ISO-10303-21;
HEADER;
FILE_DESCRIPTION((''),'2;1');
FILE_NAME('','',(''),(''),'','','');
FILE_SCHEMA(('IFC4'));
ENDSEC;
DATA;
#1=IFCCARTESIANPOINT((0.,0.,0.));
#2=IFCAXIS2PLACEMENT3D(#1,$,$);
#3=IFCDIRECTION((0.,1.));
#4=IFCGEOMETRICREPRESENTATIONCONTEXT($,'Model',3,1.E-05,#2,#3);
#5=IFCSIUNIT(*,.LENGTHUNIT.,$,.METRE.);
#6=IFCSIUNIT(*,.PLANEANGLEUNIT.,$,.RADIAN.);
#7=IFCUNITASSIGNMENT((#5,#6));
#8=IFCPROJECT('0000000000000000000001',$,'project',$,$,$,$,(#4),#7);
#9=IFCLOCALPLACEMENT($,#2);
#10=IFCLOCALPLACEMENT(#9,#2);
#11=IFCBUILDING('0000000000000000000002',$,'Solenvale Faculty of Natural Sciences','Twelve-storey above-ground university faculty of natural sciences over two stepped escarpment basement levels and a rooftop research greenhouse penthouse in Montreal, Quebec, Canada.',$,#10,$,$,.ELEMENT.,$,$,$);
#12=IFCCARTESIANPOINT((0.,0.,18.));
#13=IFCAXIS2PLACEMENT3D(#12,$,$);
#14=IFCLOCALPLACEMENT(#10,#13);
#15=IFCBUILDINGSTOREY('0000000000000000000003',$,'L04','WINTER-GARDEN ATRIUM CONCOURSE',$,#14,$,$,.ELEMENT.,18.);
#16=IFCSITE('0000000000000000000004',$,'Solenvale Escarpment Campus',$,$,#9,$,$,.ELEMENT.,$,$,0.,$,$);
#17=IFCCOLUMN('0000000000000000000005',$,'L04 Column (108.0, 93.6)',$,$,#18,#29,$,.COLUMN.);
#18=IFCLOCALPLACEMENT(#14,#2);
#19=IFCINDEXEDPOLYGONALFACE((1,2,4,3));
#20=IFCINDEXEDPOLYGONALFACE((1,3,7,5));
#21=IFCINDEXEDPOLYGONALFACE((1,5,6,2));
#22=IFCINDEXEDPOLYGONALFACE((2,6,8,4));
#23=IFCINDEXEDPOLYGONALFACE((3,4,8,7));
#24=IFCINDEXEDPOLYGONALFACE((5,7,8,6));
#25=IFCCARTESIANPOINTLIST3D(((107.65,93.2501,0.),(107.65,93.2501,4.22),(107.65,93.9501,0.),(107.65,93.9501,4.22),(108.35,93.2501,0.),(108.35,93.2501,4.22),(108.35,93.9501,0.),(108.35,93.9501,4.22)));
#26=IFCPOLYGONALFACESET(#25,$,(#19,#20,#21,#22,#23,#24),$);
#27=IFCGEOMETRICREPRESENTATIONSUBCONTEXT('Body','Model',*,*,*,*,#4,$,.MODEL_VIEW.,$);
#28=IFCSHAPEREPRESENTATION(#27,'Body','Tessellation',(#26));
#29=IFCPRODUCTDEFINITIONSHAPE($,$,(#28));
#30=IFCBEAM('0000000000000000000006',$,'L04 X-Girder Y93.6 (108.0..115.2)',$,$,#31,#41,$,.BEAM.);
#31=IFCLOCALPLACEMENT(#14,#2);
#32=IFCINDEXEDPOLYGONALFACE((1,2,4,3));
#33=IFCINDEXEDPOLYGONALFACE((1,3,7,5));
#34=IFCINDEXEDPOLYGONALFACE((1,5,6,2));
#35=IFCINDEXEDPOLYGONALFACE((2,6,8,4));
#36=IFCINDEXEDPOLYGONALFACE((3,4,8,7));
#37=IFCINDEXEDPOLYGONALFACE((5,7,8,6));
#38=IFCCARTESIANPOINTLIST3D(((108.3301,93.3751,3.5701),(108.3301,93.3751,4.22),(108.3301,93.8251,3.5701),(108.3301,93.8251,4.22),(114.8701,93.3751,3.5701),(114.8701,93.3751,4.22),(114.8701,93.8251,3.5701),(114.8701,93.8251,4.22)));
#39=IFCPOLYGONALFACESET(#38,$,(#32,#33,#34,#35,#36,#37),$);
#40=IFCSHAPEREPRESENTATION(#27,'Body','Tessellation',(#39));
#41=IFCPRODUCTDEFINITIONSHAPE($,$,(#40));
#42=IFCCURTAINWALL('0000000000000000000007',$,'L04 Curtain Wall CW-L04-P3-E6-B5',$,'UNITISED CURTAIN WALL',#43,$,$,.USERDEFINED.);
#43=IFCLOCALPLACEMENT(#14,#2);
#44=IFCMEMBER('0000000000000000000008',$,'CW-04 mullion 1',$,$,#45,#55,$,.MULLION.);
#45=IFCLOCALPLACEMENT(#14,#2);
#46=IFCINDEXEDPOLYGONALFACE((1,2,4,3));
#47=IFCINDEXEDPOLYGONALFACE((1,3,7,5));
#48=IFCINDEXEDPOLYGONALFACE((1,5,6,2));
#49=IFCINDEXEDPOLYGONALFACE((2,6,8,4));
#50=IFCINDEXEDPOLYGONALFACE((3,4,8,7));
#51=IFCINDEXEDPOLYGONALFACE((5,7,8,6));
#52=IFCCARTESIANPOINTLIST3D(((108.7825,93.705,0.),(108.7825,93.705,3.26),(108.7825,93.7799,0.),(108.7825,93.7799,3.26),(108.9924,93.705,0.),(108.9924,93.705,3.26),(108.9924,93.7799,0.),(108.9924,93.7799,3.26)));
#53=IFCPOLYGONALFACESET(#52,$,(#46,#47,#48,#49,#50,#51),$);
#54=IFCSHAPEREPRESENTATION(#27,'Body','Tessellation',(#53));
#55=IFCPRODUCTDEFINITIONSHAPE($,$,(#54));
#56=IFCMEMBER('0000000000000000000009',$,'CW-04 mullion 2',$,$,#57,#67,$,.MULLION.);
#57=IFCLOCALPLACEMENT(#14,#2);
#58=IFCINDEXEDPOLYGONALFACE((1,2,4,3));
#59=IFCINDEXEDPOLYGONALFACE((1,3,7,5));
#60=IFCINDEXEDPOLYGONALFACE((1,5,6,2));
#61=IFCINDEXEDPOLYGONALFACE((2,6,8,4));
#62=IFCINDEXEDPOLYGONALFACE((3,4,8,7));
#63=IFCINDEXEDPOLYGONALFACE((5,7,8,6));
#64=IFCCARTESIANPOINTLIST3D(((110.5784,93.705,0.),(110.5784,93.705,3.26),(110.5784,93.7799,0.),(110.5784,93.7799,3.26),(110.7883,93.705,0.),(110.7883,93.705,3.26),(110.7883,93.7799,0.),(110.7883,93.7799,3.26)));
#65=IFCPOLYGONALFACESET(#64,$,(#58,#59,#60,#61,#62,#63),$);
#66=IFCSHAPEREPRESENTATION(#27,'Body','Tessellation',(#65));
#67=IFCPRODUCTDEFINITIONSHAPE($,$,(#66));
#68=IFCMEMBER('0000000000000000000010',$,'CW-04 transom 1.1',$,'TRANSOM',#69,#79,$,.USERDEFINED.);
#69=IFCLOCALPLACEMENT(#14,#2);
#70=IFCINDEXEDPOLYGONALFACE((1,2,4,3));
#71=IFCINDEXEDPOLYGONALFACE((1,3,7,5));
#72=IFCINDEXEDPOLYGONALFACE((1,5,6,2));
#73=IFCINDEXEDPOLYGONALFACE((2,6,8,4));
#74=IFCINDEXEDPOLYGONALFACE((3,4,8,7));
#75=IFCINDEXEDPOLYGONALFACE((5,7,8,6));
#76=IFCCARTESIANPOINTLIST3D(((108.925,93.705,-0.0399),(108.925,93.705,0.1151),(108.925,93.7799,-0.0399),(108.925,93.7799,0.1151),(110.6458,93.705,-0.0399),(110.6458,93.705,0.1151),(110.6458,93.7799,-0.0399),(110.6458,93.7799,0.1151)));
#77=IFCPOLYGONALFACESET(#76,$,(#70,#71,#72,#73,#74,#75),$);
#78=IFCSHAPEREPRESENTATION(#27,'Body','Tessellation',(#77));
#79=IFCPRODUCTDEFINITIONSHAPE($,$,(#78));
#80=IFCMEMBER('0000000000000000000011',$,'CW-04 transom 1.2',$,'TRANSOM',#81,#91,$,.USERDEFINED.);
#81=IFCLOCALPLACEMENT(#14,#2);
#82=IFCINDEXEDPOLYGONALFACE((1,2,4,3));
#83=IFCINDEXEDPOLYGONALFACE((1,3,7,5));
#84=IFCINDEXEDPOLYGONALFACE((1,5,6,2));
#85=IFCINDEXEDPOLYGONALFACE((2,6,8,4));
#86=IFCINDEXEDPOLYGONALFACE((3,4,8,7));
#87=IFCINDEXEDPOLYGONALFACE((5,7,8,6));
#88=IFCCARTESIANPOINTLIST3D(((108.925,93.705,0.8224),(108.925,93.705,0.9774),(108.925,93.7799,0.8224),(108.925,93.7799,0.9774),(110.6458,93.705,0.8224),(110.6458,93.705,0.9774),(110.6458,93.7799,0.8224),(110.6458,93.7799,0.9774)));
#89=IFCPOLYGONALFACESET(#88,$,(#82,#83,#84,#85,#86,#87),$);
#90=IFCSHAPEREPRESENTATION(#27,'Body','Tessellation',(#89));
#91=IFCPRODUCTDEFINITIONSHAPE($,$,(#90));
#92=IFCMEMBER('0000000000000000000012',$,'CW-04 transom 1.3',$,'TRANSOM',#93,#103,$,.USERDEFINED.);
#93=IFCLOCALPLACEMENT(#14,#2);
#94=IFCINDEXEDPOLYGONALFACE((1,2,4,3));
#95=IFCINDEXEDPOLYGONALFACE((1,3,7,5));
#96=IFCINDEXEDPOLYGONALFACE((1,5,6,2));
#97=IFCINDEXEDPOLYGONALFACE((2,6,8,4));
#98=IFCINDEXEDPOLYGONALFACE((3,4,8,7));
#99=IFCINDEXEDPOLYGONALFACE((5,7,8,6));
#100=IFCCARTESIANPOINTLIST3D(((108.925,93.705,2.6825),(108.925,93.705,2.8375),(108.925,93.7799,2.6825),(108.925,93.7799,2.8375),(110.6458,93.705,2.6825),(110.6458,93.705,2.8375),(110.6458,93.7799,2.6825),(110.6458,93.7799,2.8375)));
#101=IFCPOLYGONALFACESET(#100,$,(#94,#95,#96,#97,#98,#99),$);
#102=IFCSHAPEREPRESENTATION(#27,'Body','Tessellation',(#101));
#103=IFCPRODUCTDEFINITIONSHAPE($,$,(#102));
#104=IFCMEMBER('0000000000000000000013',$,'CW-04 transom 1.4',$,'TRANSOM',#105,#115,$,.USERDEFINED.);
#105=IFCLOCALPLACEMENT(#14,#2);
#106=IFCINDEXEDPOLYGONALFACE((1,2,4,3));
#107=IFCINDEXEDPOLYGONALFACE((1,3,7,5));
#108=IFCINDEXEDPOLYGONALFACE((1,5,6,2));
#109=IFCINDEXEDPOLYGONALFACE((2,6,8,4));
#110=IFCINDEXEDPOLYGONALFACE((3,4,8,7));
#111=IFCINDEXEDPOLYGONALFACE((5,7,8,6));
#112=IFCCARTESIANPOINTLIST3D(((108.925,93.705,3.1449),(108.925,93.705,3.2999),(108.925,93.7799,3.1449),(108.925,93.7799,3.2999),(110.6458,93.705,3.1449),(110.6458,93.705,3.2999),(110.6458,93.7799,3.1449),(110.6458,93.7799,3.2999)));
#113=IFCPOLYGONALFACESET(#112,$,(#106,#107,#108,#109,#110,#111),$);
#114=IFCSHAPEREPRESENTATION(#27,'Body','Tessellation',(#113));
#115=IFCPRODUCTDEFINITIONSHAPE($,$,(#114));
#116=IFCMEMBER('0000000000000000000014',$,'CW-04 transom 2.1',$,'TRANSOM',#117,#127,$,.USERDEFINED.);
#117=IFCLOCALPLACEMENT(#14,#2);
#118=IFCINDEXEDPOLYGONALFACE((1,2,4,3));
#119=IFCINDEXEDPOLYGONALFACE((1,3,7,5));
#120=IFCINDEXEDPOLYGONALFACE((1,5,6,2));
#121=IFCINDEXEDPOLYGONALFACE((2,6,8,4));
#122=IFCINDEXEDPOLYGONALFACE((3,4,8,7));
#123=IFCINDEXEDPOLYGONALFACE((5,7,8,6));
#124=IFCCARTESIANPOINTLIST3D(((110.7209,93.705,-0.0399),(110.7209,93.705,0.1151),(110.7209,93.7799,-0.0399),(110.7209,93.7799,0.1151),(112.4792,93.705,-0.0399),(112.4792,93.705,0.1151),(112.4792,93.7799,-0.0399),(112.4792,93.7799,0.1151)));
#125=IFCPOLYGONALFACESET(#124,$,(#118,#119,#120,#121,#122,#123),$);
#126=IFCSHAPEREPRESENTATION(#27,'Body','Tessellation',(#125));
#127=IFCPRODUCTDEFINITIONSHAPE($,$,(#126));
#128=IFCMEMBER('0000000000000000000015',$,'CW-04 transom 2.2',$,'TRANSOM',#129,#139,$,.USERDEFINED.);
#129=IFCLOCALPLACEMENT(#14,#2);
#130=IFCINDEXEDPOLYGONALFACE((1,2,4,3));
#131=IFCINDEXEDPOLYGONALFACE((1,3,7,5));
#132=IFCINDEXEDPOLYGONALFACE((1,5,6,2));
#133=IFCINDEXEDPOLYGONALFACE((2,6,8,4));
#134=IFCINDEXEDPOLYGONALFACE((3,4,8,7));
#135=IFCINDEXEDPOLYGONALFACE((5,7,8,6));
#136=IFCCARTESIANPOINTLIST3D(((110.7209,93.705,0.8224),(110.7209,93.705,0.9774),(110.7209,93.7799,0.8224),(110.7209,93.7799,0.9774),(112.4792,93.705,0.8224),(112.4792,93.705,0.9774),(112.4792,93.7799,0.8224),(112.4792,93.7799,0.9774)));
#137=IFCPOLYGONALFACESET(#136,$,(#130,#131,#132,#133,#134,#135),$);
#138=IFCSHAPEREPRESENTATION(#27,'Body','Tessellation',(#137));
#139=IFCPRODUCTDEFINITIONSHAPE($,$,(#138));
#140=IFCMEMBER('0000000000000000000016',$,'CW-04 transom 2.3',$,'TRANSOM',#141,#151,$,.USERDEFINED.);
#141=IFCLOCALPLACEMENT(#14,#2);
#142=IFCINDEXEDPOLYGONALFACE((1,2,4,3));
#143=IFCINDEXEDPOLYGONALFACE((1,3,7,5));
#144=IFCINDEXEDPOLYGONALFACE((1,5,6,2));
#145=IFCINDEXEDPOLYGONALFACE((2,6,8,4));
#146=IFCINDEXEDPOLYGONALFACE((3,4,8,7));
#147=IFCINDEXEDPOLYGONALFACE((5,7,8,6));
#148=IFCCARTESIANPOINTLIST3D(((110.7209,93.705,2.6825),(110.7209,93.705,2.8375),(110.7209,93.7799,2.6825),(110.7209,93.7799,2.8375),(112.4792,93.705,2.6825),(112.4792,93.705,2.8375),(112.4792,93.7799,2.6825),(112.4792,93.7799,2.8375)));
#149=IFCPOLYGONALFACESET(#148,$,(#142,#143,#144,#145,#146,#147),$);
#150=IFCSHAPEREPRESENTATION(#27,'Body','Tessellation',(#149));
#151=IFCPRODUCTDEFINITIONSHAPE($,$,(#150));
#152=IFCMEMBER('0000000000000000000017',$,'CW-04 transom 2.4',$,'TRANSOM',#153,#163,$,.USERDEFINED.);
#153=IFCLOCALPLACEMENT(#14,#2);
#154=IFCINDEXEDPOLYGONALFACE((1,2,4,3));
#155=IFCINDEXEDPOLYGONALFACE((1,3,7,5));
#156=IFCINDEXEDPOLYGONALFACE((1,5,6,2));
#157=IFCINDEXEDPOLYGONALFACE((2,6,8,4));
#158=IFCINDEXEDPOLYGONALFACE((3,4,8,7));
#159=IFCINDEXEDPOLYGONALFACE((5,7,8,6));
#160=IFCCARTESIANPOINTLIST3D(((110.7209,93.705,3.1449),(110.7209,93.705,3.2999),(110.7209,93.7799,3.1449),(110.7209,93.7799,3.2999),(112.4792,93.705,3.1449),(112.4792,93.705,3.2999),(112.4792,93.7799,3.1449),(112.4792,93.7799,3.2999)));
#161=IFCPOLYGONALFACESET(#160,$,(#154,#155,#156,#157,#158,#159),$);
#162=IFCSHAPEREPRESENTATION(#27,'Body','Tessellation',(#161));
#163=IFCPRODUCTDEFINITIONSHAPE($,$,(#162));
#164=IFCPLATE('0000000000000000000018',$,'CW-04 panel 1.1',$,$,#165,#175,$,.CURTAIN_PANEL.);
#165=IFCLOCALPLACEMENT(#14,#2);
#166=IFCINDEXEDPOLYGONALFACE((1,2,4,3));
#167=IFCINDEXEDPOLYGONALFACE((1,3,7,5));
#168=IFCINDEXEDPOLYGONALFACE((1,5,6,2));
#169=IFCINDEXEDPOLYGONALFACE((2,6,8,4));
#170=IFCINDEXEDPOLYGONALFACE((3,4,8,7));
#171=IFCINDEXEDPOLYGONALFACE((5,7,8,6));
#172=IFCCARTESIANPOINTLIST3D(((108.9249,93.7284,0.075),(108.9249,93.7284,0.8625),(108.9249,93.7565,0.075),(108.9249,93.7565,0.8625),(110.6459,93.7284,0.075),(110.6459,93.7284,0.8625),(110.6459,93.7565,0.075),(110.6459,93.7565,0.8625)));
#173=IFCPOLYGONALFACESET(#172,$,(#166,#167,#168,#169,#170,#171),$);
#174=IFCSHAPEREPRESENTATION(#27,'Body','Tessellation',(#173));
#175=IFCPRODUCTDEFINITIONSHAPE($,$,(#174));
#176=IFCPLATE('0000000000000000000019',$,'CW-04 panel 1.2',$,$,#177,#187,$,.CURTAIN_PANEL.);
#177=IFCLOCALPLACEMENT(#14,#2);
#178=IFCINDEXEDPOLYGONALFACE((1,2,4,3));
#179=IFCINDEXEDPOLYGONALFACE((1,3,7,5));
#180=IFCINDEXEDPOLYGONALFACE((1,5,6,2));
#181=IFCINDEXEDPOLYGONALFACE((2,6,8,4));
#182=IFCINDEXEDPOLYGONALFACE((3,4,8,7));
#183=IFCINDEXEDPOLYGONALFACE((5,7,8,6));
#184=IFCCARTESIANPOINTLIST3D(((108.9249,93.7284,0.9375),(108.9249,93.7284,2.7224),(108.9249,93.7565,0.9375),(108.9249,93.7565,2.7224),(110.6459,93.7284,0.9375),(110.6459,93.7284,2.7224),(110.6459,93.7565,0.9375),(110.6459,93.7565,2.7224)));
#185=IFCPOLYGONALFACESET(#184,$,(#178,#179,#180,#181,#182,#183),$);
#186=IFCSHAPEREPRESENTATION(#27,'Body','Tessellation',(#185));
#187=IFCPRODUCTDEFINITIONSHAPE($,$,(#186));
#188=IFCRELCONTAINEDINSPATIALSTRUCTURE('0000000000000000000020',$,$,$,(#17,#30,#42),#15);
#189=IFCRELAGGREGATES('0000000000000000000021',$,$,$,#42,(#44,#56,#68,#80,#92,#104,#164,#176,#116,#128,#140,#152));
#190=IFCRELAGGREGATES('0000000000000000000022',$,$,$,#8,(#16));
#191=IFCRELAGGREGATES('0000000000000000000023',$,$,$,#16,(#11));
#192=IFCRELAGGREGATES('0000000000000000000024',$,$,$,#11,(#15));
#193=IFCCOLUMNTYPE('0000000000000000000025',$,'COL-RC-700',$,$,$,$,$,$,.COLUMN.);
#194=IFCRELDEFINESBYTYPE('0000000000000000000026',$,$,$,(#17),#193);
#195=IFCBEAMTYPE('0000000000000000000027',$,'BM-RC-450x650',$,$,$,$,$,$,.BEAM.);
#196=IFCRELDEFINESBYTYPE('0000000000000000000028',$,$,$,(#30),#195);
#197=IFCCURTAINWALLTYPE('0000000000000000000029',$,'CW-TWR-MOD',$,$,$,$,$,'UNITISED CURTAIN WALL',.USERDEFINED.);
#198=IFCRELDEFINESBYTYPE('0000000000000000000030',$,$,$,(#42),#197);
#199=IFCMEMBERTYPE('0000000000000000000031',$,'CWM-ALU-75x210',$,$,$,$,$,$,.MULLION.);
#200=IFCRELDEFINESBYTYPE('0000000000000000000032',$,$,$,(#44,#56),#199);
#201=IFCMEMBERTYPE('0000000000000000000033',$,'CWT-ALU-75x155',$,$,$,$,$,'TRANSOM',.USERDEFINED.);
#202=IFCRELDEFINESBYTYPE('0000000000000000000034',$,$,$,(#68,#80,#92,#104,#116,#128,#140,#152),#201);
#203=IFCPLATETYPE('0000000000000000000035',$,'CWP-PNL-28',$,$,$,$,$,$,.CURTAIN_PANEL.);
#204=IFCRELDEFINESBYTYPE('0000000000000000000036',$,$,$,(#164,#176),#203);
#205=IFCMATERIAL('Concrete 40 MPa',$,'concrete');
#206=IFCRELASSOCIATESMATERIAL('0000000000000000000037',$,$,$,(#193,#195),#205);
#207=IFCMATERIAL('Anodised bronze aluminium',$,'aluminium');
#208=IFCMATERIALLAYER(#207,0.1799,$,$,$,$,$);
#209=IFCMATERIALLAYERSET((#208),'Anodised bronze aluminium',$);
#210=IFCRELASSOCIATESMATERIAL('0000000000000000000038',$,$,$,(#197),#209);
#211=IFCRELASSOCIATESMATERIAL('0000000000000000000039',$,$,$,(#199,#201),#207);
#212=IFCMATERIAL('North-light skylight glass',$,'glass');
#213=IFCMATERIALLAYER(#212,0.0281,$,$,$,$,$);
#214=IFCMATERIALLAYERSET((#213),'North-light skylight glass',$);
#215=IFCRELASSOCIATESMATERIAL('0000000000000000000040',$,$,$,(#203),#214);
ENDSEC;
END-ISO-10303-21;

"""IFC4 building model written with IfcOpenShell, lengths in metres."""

from ifc_helpers import new_model, si_unit, direction, frame, origin, origin_2d, place, context, subcontext, project, spatial, rectangle, extrude, material, layer, layer_set, material_profile, profile_set, type_object, element, aggregate, save


model = new_model("IFC4")

# Units and contexts
model_context = context("Model", 3, precision=1e-05, world=origin(), true_north=direction((0.0, 1.0)))
body_context = subcontext(model_context, "Body", "Model", "MODEL_VIEW")
ifc_project = project(units=[si_unit("LENGTHUNIT", "METRE"), si_unit("PLANEANGLEUNIT", "RADIAN")], contexts=[model_context])

# Site, building, storey
site_placement = place(None, origin())
site = spatial("IfcSite", under=ifc_project, at=site_placement, Name="Solenvale Escarpment Campus", CompositionType="ELEMENT", RefElevation=0.0)
building_placement = place(site_placement, origin())
building = spatial("IfcBuilding", under=site, at=building_placement, Name="Solenvale Faculty of Natural Sciences", Description="Twelve-storey above-ground university faculty of natural sciences over two stepped escarpment basement levels and a rooftop research greenhouse penthouse in Montreal, Quebec, Canada.", CompositionType="ELEMENT")
storey_placement = place(building_placement, frame((0.0, 0.0, 18.0)))
storey = spatial("IfcBuildingStorey", under=building, at=storey_placement, Name="L04", Description="WINTER-GARDEN ATRIUM CONCOURSE", CompositionType="ELEMENT", Elevation=18.0)

# Column
ifc_material_1 = material(Name="Concrete 40 MPa", Category="concrete")
ifc_material_profile_1 = material_profile(ifc_material_1, rectangle(XDim=0.7, YDim=0.7, at=origin_2d()), Name="RC-COL-700x700")
ifc_profile_set_1 = profile_set([ifc_material_profile_1], Name="Concrete 40 MPa")
column_type = type_object("IfcColumnType", Name="COL-RC-700", PredefinedType="COLUMN", material=ifc_profile_set_1)
column_placement = place(storey_placement, frame((108.0, 93.6001, 0.0), z_axis=(0.0, 0.0, 1.0), x_axis=(1.0, 0.0, 0.0)))
element("IfcColumn", 1, at=column_placement, inside=storey, type_object=column_type, Name="L04 Column (108.0, 93.6)", PredefinedType="COLUMN", context=body_context, shape_type="SweptSolid", body=[
    extrude(rectangle(XDim=0.7, YDim=0.7, at=origin_2d()), origin(), (0.0, 0.0, 1.0), 4.22),
])

# Beam
ifc_material_profile_2 = material_profile(ifc_material_1, rectangle(XDim=0.45, YDim=0.6499, at=origin_2d()), Name="RC-BM-450x650")
ifc_profile_set_2 = profile_set([ifc_material_profile_2], Name="Concrete 40 MPa")
beam_type = type_object("IfcBeamType", Name="BM-RC-450x650", PredefinedType="BEAM", material=ifc_profile_set_2)
beam_placement = place(storey_placement, frame((108.3301, 93.6001, 3.895), z_axis=(1.0, 0.0, 0.0), x_axis=(0.0, 1.0, 0.0)))
element("IfcBeam", 2, at=beam_placement, inside=storey, type_object=beam_type, Name="L04 X-Girder Y93.6 (108.0..115.2)", PredefinedType="BEAM", context=body_context, shape_type="SweptSolid", body=[
    extrude(rectangle(XDim=0.45, YDim=0.6499, at=origin_2d()), origin(), (0.0, 0.0, 1.0), 6.54),
])

# Curtain wall, members, plates
ifc_material_2 = material(Name="Anodised bronze aluminium", Category="aluminium")
ifc_layer_1 = layer(ifc_material_2, 0.1799)
ifc_layer_set_1 = layer_set([ifc_layer_1], Name="Anodised bronze aluminium")
curtain_wall_type = type_object("IfcCurtainWallType", Name="CW-TWR-MOD", ElementType="UNITISED CURTAIN WALL", PredefinedType="USERDEFINED", material=ifc_layer_set_1)
curtain_wall_placement = place(storey_placement, origin())
curtain_wall = element("IfcCurtainWall", 3, at=curtain_wall_placement, inside=storey, type_object=curtain_wall_type, Name="L04 Curtain Wall CW-L04-P3-E6-B5", ObjectType="UNITISED CURTAIN WALL", PredefinedType="USERDEFINED")
ifc_material_profile_3 = material_profile(ifc_material_2, rectangle(XDim=0.075, YDim=0.21, at=origin_2d()), Name="ALU-MUL-75x210")
ifc_profile_set_3 = profile_set([ifc_material_profile_3], Name="Anodised bronze aluminium")
member_type_1 = type_object("IfcMemberType", Name="CWM-ALU-75x210", PredefinedType="MULLION", material=ifc_profile_set_3)
member_1_placement = place(storey_placement, frame((108.8875, 93.7424, 0.0), z_axis=(0.0, 0.0, 1.0), x_axis=(0.0, 1.0, 0.0)))
member_1 = element("IfcMember", 4, at=member_1_placement, type_object=member_type_1, Name="CW-04 mullion 1", PredefinedType="MULLION", context=body_context, shape_type="SweptSolid", body=[
    extrude(rectangle(XDim=0.075, YDim=0.21, at=origin_2d()), origin(), (0.0, 0.0, 1.0), 3.26),
])
member_2_placement = place(storey_placement, frame((110.6833, 93.7424, 0.0), z_axis=(0.0, 0.0, 1.0), x_axis=(0.0, 1.0, 0.0)))
member_2 = element("IfcMember", 5, at=member_2_placement, type_object=member_type_1, Name="CW-04 mullion 2", PredefinedType="MULLION", context=body_context, shape_type="SweptSolid", body=[
    extrude(rectangle(XDim=0.075, YDim=0.21, at=origin_2d()), origin(), (0.0, 0.0, 1.0), 3.26),
])
ifc_material_profile_4 = material_profile(ifc_material_2, rectangle(XDim=0.075, YDim=0.155, at=origin_2d()), Name="ALU-TRN-75x155")
ifc_profile_set_4 = profile_set([ifc_material_profile_4], Name="Anodised bronze aluminium")
member_type_2 = type_object("IfcMemberType", Name="CWT-ALU-75x155", ElementType="TRANSOM", PredefinedType="USERDEFINED", material=ifc_profile_set_4)
member_3_placement = place(storey_placement, frame((108.925, 93.7424, 0.0376), z_axis=(1.0, 0.0, 0.0), x_axis=(0.0, 1.0, 0.0)))
member_3 = element("IfcMember", 6, at=member_3_placement, type_object=member_type_2, Name="CW-04 transom 1.1", ObjectType="TRANSOM", PredefinedType="USERDEFINED", context=body_context, shape_type="SweptSolid", body=[
    extrude(rectangle(XDim=0.075, YDim=0.155, at=origin_2d()), origin(), (0.0, 0.0, 1.0), 1.7207),
])
member_4_placement = place(storey_placement, frame((108.925, 93.7424, 0.8999), z_axis=(1.0, 0.0, 0.0), x_axis=(0.0, 1.0, 0.0)))
member_4 = element("IfcMember", 7, at=member_4_placement, type_object=member_type_2, Name="CW-04 transom 1.2", ObjectType="TRANSOM", PredefinedType="USERDEFINED", context=body_context, shape_type="SweptSolid", body=[
    extrude(rectangle(XDim=0.075, YDim=0.155, at=origin_2d()), origin(), (0.0, 0.0, 1.0), 1.7207),
])
member_5_placement = place(storey_placement, frame((108.925, 93.7424, 2.76), z_axis=(1.0, 0.0, 0.0), x_axis=(0.0, 1.0, 0.0)))
member_5 = element("IfcMember", 8, at=member_5_placement, type_object=member_type_2, Name="CW-04 transom 1.3", ObjectType="TRANSOM", PredefinedType="USERDEFINED", context=body_context, shape_type="SweptSolid", body=[
    extrude(rectangle(XDim=0.075, YDim=0.155, at=origin_2d()), origin(), (0.0, 0.0, 1.0), 1.7207),
])
member_6_placement = place(storey_placement, frame((108.925, 93.7424, 3.2224), z_axis=(1.0, 0.0, 0.0), x_axis=(0.0, 1.0, 0.0)))
member_6 = element("IfcMember", 9, at=member_6_placement, type_object=member_type_2, Name="CW-04 transom 1.4", ObjectType="TRANSOM", PredefinedType="USERDEFINED", context=body_context, shape_type="SweptSolid", body=[
    extrude(rectangle(XDim=0.075, YDim=0.155, at=origin_2d()), origin(), (0.0, 0.0, 1.0), 1.7207),
])
member_7_placement = place(storey_placement, frame((110.7209, 93.7424, 0.0376), z_axis=(1.0, 0.0, 0.0), x_axis=(0.0, 1.0, 0.0)))
member_7 = element("IfcMember", 10, at=member_7_placement, type_object=member_type_2, Name="CW-04 transom 2.1", ObjectType="TRANSOM", PredefinedType="USERDEFINED", context=body_context, shape_type="SweptSolid", body=[
    extrude(rectangle(XDim=0.075, YDim=0.155, at=origin_2d()), origin(), (0.0, 0.0, 1.0), 1.7583),
])
member_8_placement = place(storey_placement, frame((110.7209, 93.7424, 0.8999), z_axis=(1.0, 0.0, 0.0), x_axis=(0.0, 1.0, 0.0)))
member_8 = element("IfcMember", 11, at=member_8_placement, type_object=member_type_2, Name="CW-04 transom 2.2", ObjectType="TRANSOM", PredefinedType="USERDEFINED", context=body_context, shape_type="SweptSolid", body=[
    extrude(rectangle(XDim=0.075, YDim=0.155, at=origin_2d()), origin(), (0.0, 0.0, 1.0), 1.7583),
])
member_9_placement = place(storey_placement, frame((110.7209, 93.7424, 2.76), z_axis=(1.0, 0.0, 0.0), x_axis=(0.0, 1.0, 0.0)))
member_9 = element("IfcMember", 12, at=member_9_placement, type_object=member_type_2, Name="CW-04 transom 2.3", ObjectType="TRANSOM", PredefinedType="USERDEFINED", context=body_context, shape_type="SweptSolid", body=[
    extrude(rectangle(XDim=0.075, YDim=0.155, at=origin_2d()), origin(), (0.0, 0.0, 1.0), 1.7583),
])
member_10_placement = place(storey_placement, frame((110.7209, 93.7424, 3.2224), z_axis=(1.0, 0.0, 0.0), x_axis=(0.0, 1.0, 0.0)))
member_10 = element("IfcMember", 13, at=member_10_placement, type_object=member_type_2, Name="CW-04 transom 2.4", ObjectType="TRANSOM", PredefinedType="USERDEFINED", context=body_context, shape_type="SweptSolid", body=[
    extrude(rectangle(XDim=0.075, YDim=0.155, at=origin_2d()), origin(), (0.0, 0.0, 1.0), 1.7583),
])
ifc_material_3 = material(Name="North-light skylight glass", Category="glass")
ifc_layer_2 = layer(ifc_material_3, 0.0281)
ifc_layer_set_2 = layer_set([ifc_layer_2], Name="North-light skylight glass")
plate_type = type_object("IfcPlateType", Name="CWP-PNL-28", PredefinedType="CURTAIN_PANEL", material=ifc_layer_set_2)
plate_1_placement = place(storey_placement, frame((109.7854, 93.7424, 0.075), z_axis=(0.0, 0.0, 1.0), x_axis=(1.0, 0.0, 0.0)))
plate_1 = element("IfcPlate", 14, at=plate_1_placement, type_object=plate_type, Name="CW-04 panel 1.1", PredefinedType="CURTAIN_PANEL", context=body_context, shape_type="SweptSolid", body=[
    extrude(rectangle(XDim=1.7209, YDim=0.0281, at=origin_2d()), origin(), (0.0, 0.0, 1.0), 0.7876),
])
plate_2_placement = place(storey_placement, frame((109.7854, 93.7424, 0.9375), z_axis=(0.0, 0.0, 1.0), x_axis=(1.0, 0.0, 0.0)))
plate_2 = element("IfcPlate", 15, at=plate_2_placement, type_object=plate_type, Name="CW-04 panel 1.2", PredefinedType="CURTAIN_PANEL", context=body_context, shape_type="SweptSolid", body=[
    extrude(rectangle(XDim=1.7209, YDim=0.0281, at=origin_2d()), origin(), (0.0, 0.0, 1.0), 1.7849),
])
aggregate(curtain_wall, [member_1, member_2, member_3, member_4, member_5, member_6, plate_1, plate_2, member_7, member_8, member_9, member_10])

save(model, "model.ifc")
